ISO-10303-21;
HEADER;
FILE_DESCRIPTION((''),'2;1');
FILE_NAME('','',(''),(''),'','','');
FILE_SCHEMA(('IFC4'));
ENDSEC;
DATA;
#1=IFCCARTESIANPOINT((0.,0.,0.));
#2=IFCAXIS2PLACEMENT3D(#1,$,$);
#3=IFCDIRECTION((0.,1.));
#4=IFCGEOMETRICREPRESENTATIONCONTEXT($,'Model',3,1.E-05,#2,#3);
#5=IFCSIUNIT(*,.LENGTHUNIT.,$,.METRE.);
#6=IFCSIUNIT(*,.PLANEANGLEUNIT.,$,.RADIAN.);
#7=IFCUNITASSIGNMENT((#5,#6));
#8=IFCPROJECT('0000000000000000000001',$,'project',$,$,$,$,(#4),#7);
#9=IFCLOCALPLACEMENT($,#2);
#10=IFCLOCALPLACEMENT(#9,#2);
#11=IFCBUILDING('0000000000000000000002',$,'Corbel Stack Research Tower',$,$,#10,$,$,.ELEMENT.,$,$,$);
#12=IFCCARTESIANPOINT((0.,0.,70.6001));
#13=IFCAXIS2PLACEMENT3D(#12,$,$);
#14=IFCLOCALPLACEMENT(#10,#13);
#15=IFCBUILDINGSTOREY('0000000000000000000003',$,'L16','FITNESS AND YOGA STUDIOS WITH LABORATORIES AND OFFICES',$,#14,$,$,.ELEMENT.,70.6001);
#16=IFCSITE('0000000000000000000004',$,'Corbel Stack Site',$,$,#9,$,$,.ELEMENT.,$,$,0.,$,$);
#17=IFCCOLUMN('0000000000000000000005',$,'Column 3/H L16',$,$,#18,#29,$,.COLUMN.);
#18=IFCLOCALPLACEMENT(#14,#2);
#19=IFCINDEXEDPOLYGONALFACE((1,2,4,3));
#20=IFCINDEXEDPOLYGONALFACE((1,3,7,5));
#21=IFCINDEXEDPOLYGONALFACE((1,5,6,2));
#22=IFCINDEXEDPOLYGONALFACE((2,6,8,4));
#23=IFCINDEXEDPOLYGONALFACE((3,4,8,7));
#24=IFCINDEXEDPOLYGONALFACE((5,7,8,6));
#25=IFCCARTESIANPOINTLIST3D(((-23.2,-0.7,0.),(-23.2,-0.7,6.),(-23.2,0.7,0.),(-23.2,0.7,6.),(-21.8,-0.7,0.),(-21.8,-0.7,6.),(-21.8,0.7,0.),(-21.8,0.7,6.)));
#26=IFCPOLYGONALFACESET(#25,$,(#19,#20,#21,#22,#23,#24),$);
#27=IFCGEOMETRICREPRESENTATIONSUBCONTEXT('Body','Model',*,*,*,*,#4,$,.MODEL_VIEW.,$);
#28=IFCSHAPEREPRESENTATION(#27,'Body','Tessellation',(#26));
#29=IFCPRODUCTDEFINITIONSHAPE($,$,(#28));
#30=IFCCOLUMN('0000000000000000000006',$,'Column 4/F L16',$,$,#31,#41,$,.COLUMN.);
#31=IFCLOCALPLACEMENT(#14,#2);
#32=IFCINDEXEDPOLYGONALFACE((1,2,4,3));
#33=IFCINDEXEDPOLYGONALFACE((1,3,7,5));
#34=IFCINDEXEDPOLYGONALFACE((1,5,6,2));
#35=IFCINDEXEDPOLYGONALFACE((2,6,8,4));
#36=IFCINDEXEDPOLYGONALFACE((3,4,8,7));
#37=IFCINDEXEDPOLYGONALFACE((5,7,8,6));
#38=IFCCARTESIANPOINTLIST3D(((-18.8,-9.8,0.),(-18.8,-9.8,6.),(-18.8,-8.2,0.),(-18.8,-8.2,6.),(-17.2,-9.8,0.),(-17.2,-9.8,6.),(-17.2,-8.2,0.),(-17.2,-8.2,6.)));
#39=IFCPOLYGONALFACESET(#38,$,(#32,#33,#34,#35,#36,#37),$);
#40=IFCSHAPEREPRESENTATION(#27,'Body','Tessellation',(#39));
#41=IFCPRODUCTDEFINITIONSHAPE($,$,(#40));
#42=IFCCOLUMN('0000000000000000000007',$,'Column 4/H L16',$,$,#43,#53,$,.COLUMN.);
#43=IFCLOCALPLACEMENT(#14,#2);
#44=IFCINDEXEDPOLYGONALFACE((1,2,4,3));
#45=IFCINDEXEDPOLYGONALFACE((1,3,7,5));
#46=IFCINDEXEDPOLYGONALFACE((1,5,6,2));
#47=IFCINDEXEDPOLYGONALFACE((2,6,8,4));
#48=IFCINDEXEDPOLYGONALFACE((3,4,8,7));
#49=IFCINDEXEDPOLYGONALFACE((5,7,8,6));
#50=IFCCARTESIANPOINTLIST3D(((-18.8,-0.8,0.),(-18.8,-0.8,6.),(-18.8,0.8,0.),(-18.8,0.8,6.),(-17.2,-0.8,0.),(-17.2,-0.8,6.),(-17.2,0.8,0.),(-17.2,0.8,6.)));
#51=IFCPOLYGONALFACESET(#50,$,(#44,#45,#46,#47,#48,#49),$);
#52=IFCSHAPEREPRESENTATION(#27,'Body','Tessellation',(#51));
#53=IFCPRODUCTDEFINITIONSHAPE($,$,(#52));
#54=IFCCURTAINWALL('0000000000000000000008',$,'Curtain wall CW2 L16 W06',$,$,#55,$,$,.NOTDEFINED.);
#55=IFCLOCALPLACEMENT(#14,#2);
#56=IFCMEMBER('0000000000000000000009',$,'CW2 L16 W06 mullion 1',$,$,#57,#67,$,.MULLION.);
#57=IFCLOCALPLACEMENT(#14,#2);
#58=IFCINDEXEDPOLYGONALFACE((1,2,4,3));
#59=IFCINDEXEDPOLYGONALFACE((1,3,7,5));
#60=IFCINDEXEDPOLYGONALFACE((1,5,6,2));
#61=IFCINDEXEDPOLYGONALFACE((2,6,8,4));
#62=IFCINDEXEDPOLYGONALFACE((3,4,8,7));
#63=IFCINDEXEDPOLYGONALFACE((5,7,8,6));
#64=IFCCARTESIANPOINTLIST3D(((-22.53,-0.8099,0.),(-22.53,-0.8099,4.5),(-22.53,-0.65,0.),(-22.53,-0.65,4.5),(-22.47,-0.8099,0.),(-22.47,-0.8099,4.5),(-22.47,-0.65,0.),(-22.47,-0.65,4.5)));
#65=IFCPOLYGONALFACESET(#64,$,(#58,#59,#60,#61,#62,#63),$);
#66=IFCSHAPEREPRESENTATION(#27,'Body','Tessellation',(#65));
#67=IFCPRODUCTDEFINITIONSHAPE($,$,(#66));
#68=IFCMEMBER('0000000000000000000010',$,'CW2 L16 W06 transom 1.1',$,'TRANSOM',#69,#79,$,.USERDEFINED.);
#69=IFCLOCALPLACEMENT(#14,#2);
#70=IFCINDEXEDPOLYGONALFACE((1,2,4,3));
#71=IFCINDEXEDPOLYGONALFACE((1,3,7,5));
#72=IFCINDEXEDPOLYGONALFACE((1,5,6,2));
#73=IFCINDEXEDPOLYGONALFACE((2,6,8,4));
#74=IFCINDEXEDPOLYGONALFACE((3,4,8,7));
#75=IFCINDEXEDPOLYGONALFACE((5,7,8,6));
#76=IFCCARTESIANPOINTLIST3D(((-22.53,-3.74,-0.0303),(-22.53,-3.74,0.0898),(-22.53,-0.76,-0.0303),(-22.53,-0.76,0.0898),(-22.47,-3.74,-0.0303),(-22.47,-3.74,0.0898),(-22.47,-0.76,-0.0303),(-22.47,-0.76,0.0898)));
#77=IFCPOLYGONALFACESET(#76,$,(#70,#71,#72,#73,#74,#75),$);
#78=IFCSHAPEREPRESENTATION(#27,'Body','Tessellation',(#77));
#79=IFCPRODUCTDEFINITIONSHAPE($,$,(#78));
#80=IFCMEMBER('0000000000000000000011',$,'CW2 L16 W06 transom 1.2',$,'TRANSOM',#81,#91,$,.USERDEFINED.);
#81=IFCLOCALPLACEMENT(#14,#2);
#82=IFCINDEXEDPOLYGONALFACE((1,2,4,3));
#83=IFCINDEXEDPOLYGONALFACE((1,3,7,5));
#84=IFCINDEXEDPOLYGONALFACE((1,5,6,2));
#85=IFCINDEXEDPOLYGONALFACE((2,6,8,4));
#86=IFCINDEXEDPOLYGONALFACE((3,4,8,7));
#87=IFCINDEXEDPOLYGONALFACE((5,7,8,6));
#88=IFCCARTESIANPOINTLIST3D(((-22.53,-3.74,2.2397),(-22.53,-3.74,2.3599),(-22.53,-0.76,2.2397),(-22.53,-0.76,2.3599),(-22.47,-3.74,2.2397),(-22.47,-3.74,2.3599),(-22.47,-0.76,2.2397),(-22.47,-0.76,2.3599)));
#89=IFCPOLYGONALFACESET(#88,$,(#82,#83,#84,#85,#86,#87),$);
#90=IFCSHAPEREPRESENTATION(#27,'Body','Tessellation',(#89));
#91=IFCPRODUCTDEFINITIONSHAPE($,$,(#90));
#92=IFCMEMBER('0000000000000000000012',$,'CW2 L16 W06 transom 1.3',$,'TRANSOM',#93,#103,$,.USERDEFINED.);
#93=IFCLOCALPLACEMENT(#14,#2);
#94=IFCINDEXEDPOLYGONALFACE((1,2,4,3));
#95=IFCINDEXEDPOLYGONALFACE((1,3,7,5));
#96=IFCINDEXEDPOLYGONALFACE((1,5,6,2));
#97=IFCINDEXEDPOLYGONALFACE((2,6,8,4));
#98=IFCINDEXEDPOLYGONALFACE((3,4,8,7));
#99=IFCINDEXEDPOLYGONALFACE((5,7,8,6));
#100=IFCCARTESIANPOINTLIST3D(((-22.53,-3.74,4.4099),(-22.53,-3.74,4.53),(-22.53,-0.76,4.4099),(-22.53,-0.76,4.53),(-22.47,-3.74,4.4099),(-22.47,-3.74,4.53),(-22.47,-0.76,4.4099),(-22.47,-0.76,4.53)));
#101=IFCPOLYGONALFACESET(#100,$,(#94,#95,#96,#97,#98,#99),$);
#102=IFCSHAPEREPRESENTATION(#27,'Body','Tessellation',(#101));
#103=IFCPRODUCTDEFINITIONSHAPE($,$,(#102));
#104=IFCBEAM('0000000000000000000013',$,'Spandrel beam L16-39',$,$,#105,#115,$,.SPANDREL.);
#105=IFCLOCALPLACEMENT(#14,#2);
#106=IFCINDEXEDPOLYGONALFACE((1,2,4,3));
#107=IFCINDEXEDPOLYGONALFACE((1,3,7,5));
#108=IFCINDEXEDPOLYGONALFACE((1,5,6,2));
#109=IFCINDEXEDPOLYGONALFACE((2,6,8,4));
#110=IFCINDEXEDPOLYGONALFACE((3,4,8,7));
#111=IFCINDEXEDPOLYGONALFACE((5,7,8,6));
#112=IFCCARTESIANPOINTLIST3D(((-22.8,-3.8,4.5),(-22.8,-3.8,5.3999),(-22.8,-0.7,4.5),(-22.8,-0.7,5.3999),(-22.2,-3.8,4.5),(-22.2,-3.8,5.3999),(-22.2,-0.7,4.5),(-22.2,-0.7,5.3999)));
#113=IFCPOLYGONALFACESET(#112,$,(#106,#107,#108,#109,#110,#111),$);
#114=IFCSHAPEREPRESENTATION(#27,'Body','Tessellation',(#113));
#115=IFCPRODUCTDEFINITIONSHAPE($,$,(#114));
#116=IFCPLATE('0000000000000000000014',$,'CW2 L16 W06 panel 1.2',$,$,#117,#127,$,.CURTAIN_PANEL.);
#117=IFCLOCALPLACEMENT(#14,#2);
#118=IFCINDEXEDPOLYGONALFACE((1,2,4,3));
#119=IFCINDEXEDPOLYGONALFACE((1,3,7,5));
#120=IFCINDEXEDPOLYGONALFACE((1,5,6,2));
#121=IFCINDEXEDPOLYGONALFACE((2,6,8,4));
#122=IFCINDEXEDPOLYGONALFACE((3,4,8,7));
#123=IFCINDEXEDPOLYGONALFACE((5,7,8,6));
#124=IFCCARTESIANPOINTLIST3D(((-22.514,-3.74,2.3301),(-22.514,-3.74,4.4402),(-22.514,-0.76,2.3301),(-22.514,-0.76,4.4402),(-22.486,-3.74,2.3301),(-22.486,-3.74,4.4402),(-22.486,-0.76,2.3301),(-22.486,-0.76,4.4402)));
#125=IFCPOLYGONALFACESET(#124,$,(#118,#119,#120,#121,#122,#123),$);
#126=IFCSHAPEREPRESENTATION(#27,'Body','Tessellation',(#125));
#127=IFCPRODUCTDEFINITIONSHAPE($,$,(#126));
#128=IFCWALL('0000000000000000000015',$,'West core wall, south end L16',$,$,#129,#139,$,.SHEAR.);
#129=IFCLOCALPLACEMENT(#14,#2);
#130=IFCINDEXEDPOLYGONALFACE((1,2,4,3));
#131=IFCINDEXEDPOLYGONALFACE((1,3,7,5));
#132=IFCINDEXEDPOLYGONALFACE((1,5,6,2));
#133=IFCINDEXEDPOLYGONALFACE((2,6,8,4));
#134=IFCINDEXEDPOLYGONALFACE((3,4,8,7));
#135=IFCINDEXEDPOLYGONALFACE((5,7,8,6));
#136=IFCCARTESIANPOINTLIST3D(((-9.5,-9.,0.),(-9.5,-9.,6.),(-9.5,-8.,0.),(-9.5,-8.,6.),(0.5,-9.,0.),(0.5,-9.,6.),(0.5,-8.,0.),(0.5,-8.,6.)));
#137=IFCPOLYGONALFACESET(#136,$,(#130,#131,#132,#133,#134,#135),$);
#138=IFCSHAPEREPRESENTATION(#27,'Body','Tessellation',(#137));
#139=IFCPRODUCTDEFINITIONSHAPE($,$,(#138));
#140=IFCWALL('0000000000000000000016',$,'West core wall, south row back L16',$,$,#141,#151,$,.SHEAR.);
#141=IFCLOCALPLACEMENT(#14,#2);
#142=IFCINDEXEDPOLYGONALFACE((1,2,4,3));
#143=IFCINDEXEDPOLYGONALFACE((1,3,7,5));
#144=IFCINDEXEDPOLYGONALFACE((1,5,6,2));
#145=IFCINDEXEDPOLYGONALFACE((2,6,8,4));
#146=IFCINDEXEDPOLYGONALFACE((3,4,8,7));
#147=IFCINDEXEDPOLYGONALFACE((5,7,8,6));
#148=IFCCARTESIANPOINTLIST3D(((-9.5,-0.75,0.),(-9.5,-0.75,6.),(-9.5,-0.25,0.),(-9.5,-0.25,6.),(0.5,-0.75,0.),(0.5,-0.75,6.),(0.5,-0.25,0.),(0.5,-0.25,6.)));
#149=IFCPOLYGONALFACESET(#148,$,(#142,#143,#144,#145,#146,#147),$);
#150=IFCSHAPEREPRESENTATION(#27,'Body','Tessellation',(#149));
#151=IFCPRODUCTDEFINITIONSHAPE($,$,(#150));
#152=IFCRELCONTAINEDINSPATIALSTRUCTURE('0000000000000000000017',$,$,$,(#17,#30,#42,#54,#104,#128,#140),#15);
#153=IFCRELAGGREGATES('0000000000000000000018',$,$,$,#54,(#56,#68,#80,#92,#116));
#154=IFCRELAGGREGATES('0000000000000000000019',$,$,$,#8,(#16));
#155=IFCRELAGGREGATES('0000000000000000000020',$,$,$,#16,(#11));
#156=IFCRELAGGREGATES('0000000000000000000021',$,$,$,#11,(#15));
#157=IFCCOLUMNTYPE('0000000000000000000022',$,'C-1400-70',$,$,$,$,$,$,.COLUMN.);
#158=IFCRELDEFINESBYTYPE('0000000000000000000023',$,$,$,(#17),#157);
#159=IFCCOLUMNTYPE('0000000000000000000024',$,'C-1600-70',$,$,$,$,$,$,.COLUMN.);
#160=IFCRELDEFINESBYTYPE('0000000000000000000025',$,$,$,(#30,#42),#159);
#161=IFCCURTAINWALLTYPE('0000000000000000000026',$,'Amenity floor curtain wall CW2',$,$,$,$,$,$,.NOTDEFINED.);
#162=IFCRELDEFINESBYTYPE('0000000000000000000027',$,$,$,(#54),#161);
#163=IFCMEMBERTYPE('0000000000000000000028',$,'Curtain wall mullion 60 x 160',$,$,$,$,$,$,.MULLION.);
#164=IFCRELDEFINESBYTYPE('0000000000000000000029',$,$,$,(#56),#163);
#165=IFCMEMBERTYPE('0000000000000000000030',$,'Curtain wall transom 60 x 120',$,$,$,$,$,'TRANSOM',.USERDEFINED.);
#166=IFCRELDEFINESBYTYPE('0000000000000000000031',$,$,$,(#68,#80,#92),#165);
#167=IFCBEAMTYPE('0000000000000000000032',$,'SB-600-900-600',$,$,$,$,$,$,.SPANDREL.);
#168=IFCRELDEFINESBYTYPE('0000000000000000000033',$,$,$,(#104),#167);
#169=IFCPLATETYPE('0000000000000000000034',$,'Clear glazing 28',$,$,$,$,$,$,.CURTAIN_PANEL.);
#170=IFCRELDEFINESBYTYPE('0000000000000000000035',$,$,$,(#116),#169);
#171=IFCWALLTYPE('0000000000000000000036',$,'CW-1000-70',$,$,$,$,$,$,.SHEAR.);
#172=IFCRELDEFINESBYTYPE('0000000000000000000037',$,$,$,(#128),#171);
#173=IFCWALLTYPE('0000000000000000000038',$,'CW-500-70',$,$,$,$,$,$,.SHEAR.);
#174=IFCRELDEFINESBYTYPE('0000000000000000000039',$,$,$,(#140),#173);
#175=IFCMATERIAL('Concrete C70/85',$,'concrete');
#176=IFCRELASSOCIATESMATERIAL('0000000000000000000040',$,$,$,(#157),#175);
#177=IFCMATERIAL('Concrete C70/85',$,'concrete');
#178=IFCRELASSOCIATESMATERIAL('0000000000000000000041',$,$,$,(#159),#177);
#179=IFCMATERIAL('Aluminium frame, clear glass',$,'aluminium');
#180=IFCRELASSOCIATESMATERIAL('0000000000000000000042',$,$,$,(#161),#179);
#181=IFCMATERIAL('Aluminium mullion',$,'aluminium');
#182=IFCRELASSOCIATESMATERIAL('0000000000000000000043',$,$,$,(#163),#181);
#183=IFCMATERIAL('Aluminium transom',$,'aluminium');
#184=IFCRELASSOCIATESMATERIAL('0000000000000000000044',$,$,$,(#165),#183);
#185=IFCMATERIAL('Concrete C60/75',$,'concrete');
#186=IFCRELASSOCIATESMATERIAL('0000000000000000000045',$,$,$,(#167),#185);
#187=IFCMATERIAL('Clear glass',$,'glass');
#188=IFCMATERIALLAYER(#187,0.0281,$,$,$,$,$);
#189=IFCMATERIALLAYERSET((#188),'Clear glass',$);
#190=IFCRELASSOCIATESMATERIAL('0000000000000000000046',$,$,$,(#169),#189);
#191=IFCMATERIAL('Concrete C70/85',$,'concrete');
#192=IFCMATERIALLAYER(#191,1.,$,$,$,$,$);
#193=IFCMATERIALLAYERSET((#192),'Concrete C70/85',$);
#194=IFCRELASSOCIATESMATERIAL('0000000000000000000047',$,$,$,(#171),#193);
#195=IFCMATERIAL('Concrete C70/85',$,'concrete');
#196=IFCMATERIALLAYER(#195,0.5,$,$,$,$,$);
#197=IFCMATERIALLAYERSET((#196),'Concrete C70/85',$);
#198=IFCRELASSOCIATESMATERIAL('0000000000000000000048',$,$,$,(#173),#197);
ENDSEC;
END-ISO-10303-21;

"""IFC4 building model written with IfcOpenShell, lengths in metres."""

from ifc_helpers import new_model, si_unit, direction, frame, frame_2d, origin, origin_2d, place, context, subcontext, project, spatial, rectangle, extrude, material, layer, layer_set, material_profile, profile_set, type_object, element, aggregate, save


model = new_model("IFC4")

# Units and contexts
model_context = context("Model", 3, precision=1e-05, world=origin(), true_north=direction((0.0, 1.0)))
body_context = subcontext(model_context, "Body", "Model", "MODEL_VIEW")
ifc_project = project(units=[si_unit("LENGTHUNIT", "METRE"), si_unit("PLANEANGLEUNIT", "RADIAN")], contexts=[model_context])

# Site, building, storey
site_placement = place(None, origin())
site = spatial("IfcSite", under=ifc_project, at=site_placement, Name="Corbel Stack Site", CompositionType="ELEMENT", RefElevation=0.0)
building_placement = place(site_placement, origin())
building = spatial("IfcBuilding", under=site, at=building_placement, Name="Corbel Stack Research Tower", CompositionType="ELEMENT")
storey_placement = place(building_placement, frame((0.0, 0.0, 70.6001)))
storey = spatial("IfcBuildingStorey", under=building, at=storey_placement, Name="L16", Description="FITNESS AND YOGA STUDIOS WITH LABORATORIES AND OFFICES", CompositionType="ELEMENT", Elevation=70.6001)

# Columns
ifc_material_1 = material(Name="Concrete C70/85", Category="concrete")
ifc_material_profile_1 = material_profile(ifc_material_1, rectangle(XDim=1.3999, YDim=1.3999, at=origin_2d()), Name="RC 1400 x 1400")
ifc_profile_set_1 = profile_set([ifc_material_profile_1], Name="Concrete C70/85")
column_type_1 = type_object("IfcColumnType", Name="C-1400-70", PredefinedType="COLUMN", material=ifc_profile_set_1)
column_placement = place(storey_placement, frame((-22.5, 0.0, 0.0), z_axis=(0.0, 0.0, 1.0), x_axis=(1.0, 0.0, 0.0)))
element("IfcColumn", 1, at=column_placement, inside=storey, type_object=column_type_1, Name="Column 3/H L16", PredefinedType="COLUMN", context=body_context, shape_type="SweptSolid", body=[
    extrude(rectangle(XDim=1.3999, YDim=1.3999, at=origin_2d()), origin(), (0.0, 0.0, 1.0), 6.0),
])
ifc_material_2 = material(Name="Concrete C70/85", Category="concrete")
ifc_material_profile_2 = material_profile(ifc_material_2, rectangle(XDim=1.6001, YDim=1.6001, at=origin_2d()), Name="RC 1600 x 1600")
ifc_profile_set_2 = profile_set([ifc_material_profile_2], Name="Concrete C70/85")
column_type_2 = type_object("IfcColumnType", Name="C-1600-70", PredefinedType="COLUMN", material=ifc_profile_set_2)
for number, where, z_axis, x_axis, name in (
    (2, (-18.0, -9.0, 0.0), (0.0, 0.0, 1.0), (1.0, 0.0, 0.0), "Column 4/F L16"),
    (3, (-18.0, 0.0, 0.0), (0.0, 0.0, 1.0), (1.0, 0.0, 0.0), "Column 4/H L16"),
):
    element("IfcColumn", number, at=place(storey_placement, frame(where, z_axis=z_axis, x_axis=x_axis)), inside=storey, type_object=column_type_2, Name=name, PredefinedType="COLUMN", context=body_context, shape_type="SweptSolid", body=[
        extrude(rectangle(XDim=1.6001, YDim=1.6001, at=origin_2d()), origin(), (0.0, 0.0, 1.0), 6.0),
    ])

# Curtain wall, members
ifc_material_3 = material(Name="Aluminium frame, clear glass", Category="aluminium")
curtain_wall_type = type_object("IfcCurtainWallType", Name="Amenity floor curtain wall CW2", PredefinedType="NOTDEFINED", material=ifc_material_3)
curtain_wall_placement = place(storey_placement, origin())
curtain_wall = element("IfcCurtainWall", 4, at=curtain_wall_placement, inside=storey, type_object=curtain_wall_type, Name="Curtain wall CW2 L16 W06", PredefinedType="NOTDEFINED")
ifc_material_4 = material(Name="Aluminium mullion", Category="aluminium")
ifc_material_profile_3 = material_profile(ifc_material_4, rectangle(XDim=0.0601, YDim=0.1599, at=origin_2d()), Name="Mullion 60 x 160")
ifc_profile_set_3 = profile_set([ifc_material_profile_3], Name="Aluminium mullion")
member_type_1 = type_object("IfcMemberType", Name="Curtain wall mullion 60 x 160", PredefinedType="MULLION", material=ifc_profile_set_3)
member_1_placement = place(storey_placement, frame((-22.5, -0.73, 0.0), z_axis=(0.0, 0.0, 1.0), x_axis=(1.0, 0.0, 0.0)))
member_1 = element("IfcMember", 5, at=member_1_placement, type_object=member_type_1, Name="CW2 L16 W06 mullion 1", PredefinedType="MULLION", context=body_context, shape_type="SweptSolid", body=[
    extrude(rectangle(XDim=0.0601, YDim=0.1599, at=origin_2d()), origin(), (0.0, 0.0, 1.0), 4.5),
])
ifc_material_5 = material(Name="Aluminium transom", Category="aluminium")
ifc_material_profile_4 = material_profile(ifc_material_5, rectangle(XDim=0.0601, YDim=0.1201, at=origin_2d()), Name="Transom 60 x 120")
ifc_profile_set_4 = profile_set([ifc_material_profile_4], Name="Aluminium transom")
member_type_2 = type_object("IfcMemberType", Name="Curtain wall transom 60 x 120", ElementType="TRANSOM", PredefinedType="USERDEFINED", material=ifc_profile_set_4)
member_2_placement = place(storey_placement, frame((-22.5, -0.76, 0.0298), z_axis=(0.0, -1.0, 0.0), x_axis=(1.0, 0.0, 0.0)))
member_2 = element("IfcMember", 6, at=member_2_placement, type_object=member_type_2, Name="CW2 L16 W06 transom 1.1", ObjectType="TRANSOM", PredefinedType="USERDEFINED", context=body_context, shape_type="SweptSolid", body=[
    extrude(rectangle(XDim=0.0601, YDim=0.1201, at=origin_2d()), origin(), (0.0, 0.0, 1.0), 2.98),
])
member_3_placement = place(storey_placement, frame((-22.5, -0.76, 2.2998), z_axis=(0.0, -1.0, 0.0), x_axis=(1.0, 0.0, 0.0)))
member_3 = element("IfcMember", 7, at=member_3_placement, type_object=member_type_2, Name="CW2 L16 W06 transom 1.2", ObjectType="TRANSOM", PredefinedType="USERDEFINED", context=body_context, shape_type="SweptSolid", body=[
    extrude(rectangle(XDim=0.0601, YDim=0.1201, at=origin_2d()), origin(), (0.0, 0.0, 1.0), 2.98),
])
member_4_placement = place(storey_placement, frame((-22.5, -0.76, 4.47), z_axis=(0.0, -1.0, 0.0), x_axis=(1.0, 0.0, 0.0)))
member_4 = element("IfcMember", 8, at=member_4_placement, type_object=member_type_2, Name="CW2 L16 W06 transom 1.3", ObjectType="TRANSOM", PredefinedType="USERDEFINED", context=body_context, shape_type="SweptSolid", body=[
    extrude(rectangle(XDim=0.0601, YDim=0.1201, at=origin_2d()), origin(), (0.0, 0.0, 1.0), 2.98),
])

# Beam
ifc_material_6 = material(Name="Concrete C60/75", Category="concrete")
ifc_material_profile_5 = material_profile(ifc_material_6, rectangle(XDim=0.6001, YDim=0.8999, at=origin_2d()), Name="RC 600 x 900")
ifc_profile_set_5 = profile_set([ifc_material_profile_5], Name="Concrete C60/75")
beam_type = type_object("IfcBeamType", Name="SB-600-900-600", PredefinedType="SPANDREL", material=ifc_profile_set_5)
beam_placement = place(storey_placement, frame((-22.5, -0.7, 4.95), z_axis=(0.0, -1.0, 0.0), x_axis=(1.0, 0.0, 0.0)))
element("IfcBeam", 9, at=beam_placement, inside=storey, type_object=beam_type, Name="Spandrel beam L16-39", PredefinedType="SPANDREL", context=body_context, shape_type="SweptSolid", body=[
    extrude(rectangle(XDim=0.6001, YDim=0.8999, at=origin_2d()), origin(), (0.0, 0.0, 1.0), 3.1001),
])

# Plate
ifc_material_7 = material(Name="Clear glass", Category="glass")
ifc_layer_1 = layer(ifc_material_7, 0.0281)
ifc_layer_set_1 = layer_set([ifc_layer_1], Name="Clear glass")
plate_type = type_object("IfcPlateType", Name="Clear glazing 28", PredefinedType="CURTAIN_PANEL", material=ifc_layer_set_1)
plate_placement = place(storey_placement, frame((-22.5, -2.25, 2.3301), z_axis=(0.0, 0.0, 1.0), x_axis=(0.0, -1.0, 0.0)))
plate = element("IfcPlate", 10, at=plate_placement, type_object=plate_type, Name="CW2 L16 W06 panel 1.2", PredefinedType="CURTAIN_PANEL", context=body_context, shape_type="SweptSolid", body=[
    extrude(rectangle(XDim=2.98, YDim=0.0281, at=origin_2d()), origin(), (0.0, 0.0, 1.0), 2.1101),
])
aggregate(curtain_wall, [member_1, member_2, member_3, member_4, plate])

# Shared definitions
ifc_material_8 = material(Name="Concrete C70/85", Category="concrete")
ifc_layer_2 = layer(ifc_material_8, 1.0)
ifc_layer_set_2 = layer_set([ifc_layer_2], Name="Concrete C70/85")
wall_type_1 = type_object("IfcWallType", Name="CW-1000-70", PredefinedType="SHEAR", material=ifc_layer_set_2)

# Walls
wall_1_placement = place(storey_placement, frame((-9.5, -8.5, 0.0), z_axis=(0.0, 0.0, 1.0), x_axis=(1.0, 0.0, 0.0)))
element("IfcWall", 11, at=wall_1_placement, inside=storey, type_object=wall_type_1, Name="West core wall, south end L16", PredefinedType="SHEAR", context=body_context, shape_type="SweptSolid", body=[
    extrude(rectangle(XDim=10.0, YDim=1.0, at=frame_2d((5.0, 0.0))), origin(), (0.0, 0.0, 1.0), 6.0),
])
ifc_material_9 = material(Name="Concrete C70/85", Category="concrete")
ifc_layer_3 = layer(ifc_material_9, 0.5)
ifc_layer_set_3 = layer_set([ifc_layer_3], Name="Concrete C70/85")
wall_type_2 = type_object("IfcWallType", Name="CW-500-70", PredefinedType="SHEAR", material=ifc_layer_set_3)
wall_2_placement = place(storey_placement, frame((-9.5, -0.5, 0.0), z_axis=(0.0, 0.0, 1.0), x_axis=(1.0, 0.0, 0.0)))
element("IfcWall", 12, at=wall_2_placement, inside=storey, type_object=wall_type_2, Name="West core wall, south row back L16", PredefinedType="SHEAR", context=body_context, shape_type="SweptSolid", body=[
    extrude(rectangle(XDim=10.0, YDim=0.5, at=frame_2d((5.0, 0.0))), origin(), (0.0, 0.0, 1.0), 6.0),
])

save(model, "model.ifc")
